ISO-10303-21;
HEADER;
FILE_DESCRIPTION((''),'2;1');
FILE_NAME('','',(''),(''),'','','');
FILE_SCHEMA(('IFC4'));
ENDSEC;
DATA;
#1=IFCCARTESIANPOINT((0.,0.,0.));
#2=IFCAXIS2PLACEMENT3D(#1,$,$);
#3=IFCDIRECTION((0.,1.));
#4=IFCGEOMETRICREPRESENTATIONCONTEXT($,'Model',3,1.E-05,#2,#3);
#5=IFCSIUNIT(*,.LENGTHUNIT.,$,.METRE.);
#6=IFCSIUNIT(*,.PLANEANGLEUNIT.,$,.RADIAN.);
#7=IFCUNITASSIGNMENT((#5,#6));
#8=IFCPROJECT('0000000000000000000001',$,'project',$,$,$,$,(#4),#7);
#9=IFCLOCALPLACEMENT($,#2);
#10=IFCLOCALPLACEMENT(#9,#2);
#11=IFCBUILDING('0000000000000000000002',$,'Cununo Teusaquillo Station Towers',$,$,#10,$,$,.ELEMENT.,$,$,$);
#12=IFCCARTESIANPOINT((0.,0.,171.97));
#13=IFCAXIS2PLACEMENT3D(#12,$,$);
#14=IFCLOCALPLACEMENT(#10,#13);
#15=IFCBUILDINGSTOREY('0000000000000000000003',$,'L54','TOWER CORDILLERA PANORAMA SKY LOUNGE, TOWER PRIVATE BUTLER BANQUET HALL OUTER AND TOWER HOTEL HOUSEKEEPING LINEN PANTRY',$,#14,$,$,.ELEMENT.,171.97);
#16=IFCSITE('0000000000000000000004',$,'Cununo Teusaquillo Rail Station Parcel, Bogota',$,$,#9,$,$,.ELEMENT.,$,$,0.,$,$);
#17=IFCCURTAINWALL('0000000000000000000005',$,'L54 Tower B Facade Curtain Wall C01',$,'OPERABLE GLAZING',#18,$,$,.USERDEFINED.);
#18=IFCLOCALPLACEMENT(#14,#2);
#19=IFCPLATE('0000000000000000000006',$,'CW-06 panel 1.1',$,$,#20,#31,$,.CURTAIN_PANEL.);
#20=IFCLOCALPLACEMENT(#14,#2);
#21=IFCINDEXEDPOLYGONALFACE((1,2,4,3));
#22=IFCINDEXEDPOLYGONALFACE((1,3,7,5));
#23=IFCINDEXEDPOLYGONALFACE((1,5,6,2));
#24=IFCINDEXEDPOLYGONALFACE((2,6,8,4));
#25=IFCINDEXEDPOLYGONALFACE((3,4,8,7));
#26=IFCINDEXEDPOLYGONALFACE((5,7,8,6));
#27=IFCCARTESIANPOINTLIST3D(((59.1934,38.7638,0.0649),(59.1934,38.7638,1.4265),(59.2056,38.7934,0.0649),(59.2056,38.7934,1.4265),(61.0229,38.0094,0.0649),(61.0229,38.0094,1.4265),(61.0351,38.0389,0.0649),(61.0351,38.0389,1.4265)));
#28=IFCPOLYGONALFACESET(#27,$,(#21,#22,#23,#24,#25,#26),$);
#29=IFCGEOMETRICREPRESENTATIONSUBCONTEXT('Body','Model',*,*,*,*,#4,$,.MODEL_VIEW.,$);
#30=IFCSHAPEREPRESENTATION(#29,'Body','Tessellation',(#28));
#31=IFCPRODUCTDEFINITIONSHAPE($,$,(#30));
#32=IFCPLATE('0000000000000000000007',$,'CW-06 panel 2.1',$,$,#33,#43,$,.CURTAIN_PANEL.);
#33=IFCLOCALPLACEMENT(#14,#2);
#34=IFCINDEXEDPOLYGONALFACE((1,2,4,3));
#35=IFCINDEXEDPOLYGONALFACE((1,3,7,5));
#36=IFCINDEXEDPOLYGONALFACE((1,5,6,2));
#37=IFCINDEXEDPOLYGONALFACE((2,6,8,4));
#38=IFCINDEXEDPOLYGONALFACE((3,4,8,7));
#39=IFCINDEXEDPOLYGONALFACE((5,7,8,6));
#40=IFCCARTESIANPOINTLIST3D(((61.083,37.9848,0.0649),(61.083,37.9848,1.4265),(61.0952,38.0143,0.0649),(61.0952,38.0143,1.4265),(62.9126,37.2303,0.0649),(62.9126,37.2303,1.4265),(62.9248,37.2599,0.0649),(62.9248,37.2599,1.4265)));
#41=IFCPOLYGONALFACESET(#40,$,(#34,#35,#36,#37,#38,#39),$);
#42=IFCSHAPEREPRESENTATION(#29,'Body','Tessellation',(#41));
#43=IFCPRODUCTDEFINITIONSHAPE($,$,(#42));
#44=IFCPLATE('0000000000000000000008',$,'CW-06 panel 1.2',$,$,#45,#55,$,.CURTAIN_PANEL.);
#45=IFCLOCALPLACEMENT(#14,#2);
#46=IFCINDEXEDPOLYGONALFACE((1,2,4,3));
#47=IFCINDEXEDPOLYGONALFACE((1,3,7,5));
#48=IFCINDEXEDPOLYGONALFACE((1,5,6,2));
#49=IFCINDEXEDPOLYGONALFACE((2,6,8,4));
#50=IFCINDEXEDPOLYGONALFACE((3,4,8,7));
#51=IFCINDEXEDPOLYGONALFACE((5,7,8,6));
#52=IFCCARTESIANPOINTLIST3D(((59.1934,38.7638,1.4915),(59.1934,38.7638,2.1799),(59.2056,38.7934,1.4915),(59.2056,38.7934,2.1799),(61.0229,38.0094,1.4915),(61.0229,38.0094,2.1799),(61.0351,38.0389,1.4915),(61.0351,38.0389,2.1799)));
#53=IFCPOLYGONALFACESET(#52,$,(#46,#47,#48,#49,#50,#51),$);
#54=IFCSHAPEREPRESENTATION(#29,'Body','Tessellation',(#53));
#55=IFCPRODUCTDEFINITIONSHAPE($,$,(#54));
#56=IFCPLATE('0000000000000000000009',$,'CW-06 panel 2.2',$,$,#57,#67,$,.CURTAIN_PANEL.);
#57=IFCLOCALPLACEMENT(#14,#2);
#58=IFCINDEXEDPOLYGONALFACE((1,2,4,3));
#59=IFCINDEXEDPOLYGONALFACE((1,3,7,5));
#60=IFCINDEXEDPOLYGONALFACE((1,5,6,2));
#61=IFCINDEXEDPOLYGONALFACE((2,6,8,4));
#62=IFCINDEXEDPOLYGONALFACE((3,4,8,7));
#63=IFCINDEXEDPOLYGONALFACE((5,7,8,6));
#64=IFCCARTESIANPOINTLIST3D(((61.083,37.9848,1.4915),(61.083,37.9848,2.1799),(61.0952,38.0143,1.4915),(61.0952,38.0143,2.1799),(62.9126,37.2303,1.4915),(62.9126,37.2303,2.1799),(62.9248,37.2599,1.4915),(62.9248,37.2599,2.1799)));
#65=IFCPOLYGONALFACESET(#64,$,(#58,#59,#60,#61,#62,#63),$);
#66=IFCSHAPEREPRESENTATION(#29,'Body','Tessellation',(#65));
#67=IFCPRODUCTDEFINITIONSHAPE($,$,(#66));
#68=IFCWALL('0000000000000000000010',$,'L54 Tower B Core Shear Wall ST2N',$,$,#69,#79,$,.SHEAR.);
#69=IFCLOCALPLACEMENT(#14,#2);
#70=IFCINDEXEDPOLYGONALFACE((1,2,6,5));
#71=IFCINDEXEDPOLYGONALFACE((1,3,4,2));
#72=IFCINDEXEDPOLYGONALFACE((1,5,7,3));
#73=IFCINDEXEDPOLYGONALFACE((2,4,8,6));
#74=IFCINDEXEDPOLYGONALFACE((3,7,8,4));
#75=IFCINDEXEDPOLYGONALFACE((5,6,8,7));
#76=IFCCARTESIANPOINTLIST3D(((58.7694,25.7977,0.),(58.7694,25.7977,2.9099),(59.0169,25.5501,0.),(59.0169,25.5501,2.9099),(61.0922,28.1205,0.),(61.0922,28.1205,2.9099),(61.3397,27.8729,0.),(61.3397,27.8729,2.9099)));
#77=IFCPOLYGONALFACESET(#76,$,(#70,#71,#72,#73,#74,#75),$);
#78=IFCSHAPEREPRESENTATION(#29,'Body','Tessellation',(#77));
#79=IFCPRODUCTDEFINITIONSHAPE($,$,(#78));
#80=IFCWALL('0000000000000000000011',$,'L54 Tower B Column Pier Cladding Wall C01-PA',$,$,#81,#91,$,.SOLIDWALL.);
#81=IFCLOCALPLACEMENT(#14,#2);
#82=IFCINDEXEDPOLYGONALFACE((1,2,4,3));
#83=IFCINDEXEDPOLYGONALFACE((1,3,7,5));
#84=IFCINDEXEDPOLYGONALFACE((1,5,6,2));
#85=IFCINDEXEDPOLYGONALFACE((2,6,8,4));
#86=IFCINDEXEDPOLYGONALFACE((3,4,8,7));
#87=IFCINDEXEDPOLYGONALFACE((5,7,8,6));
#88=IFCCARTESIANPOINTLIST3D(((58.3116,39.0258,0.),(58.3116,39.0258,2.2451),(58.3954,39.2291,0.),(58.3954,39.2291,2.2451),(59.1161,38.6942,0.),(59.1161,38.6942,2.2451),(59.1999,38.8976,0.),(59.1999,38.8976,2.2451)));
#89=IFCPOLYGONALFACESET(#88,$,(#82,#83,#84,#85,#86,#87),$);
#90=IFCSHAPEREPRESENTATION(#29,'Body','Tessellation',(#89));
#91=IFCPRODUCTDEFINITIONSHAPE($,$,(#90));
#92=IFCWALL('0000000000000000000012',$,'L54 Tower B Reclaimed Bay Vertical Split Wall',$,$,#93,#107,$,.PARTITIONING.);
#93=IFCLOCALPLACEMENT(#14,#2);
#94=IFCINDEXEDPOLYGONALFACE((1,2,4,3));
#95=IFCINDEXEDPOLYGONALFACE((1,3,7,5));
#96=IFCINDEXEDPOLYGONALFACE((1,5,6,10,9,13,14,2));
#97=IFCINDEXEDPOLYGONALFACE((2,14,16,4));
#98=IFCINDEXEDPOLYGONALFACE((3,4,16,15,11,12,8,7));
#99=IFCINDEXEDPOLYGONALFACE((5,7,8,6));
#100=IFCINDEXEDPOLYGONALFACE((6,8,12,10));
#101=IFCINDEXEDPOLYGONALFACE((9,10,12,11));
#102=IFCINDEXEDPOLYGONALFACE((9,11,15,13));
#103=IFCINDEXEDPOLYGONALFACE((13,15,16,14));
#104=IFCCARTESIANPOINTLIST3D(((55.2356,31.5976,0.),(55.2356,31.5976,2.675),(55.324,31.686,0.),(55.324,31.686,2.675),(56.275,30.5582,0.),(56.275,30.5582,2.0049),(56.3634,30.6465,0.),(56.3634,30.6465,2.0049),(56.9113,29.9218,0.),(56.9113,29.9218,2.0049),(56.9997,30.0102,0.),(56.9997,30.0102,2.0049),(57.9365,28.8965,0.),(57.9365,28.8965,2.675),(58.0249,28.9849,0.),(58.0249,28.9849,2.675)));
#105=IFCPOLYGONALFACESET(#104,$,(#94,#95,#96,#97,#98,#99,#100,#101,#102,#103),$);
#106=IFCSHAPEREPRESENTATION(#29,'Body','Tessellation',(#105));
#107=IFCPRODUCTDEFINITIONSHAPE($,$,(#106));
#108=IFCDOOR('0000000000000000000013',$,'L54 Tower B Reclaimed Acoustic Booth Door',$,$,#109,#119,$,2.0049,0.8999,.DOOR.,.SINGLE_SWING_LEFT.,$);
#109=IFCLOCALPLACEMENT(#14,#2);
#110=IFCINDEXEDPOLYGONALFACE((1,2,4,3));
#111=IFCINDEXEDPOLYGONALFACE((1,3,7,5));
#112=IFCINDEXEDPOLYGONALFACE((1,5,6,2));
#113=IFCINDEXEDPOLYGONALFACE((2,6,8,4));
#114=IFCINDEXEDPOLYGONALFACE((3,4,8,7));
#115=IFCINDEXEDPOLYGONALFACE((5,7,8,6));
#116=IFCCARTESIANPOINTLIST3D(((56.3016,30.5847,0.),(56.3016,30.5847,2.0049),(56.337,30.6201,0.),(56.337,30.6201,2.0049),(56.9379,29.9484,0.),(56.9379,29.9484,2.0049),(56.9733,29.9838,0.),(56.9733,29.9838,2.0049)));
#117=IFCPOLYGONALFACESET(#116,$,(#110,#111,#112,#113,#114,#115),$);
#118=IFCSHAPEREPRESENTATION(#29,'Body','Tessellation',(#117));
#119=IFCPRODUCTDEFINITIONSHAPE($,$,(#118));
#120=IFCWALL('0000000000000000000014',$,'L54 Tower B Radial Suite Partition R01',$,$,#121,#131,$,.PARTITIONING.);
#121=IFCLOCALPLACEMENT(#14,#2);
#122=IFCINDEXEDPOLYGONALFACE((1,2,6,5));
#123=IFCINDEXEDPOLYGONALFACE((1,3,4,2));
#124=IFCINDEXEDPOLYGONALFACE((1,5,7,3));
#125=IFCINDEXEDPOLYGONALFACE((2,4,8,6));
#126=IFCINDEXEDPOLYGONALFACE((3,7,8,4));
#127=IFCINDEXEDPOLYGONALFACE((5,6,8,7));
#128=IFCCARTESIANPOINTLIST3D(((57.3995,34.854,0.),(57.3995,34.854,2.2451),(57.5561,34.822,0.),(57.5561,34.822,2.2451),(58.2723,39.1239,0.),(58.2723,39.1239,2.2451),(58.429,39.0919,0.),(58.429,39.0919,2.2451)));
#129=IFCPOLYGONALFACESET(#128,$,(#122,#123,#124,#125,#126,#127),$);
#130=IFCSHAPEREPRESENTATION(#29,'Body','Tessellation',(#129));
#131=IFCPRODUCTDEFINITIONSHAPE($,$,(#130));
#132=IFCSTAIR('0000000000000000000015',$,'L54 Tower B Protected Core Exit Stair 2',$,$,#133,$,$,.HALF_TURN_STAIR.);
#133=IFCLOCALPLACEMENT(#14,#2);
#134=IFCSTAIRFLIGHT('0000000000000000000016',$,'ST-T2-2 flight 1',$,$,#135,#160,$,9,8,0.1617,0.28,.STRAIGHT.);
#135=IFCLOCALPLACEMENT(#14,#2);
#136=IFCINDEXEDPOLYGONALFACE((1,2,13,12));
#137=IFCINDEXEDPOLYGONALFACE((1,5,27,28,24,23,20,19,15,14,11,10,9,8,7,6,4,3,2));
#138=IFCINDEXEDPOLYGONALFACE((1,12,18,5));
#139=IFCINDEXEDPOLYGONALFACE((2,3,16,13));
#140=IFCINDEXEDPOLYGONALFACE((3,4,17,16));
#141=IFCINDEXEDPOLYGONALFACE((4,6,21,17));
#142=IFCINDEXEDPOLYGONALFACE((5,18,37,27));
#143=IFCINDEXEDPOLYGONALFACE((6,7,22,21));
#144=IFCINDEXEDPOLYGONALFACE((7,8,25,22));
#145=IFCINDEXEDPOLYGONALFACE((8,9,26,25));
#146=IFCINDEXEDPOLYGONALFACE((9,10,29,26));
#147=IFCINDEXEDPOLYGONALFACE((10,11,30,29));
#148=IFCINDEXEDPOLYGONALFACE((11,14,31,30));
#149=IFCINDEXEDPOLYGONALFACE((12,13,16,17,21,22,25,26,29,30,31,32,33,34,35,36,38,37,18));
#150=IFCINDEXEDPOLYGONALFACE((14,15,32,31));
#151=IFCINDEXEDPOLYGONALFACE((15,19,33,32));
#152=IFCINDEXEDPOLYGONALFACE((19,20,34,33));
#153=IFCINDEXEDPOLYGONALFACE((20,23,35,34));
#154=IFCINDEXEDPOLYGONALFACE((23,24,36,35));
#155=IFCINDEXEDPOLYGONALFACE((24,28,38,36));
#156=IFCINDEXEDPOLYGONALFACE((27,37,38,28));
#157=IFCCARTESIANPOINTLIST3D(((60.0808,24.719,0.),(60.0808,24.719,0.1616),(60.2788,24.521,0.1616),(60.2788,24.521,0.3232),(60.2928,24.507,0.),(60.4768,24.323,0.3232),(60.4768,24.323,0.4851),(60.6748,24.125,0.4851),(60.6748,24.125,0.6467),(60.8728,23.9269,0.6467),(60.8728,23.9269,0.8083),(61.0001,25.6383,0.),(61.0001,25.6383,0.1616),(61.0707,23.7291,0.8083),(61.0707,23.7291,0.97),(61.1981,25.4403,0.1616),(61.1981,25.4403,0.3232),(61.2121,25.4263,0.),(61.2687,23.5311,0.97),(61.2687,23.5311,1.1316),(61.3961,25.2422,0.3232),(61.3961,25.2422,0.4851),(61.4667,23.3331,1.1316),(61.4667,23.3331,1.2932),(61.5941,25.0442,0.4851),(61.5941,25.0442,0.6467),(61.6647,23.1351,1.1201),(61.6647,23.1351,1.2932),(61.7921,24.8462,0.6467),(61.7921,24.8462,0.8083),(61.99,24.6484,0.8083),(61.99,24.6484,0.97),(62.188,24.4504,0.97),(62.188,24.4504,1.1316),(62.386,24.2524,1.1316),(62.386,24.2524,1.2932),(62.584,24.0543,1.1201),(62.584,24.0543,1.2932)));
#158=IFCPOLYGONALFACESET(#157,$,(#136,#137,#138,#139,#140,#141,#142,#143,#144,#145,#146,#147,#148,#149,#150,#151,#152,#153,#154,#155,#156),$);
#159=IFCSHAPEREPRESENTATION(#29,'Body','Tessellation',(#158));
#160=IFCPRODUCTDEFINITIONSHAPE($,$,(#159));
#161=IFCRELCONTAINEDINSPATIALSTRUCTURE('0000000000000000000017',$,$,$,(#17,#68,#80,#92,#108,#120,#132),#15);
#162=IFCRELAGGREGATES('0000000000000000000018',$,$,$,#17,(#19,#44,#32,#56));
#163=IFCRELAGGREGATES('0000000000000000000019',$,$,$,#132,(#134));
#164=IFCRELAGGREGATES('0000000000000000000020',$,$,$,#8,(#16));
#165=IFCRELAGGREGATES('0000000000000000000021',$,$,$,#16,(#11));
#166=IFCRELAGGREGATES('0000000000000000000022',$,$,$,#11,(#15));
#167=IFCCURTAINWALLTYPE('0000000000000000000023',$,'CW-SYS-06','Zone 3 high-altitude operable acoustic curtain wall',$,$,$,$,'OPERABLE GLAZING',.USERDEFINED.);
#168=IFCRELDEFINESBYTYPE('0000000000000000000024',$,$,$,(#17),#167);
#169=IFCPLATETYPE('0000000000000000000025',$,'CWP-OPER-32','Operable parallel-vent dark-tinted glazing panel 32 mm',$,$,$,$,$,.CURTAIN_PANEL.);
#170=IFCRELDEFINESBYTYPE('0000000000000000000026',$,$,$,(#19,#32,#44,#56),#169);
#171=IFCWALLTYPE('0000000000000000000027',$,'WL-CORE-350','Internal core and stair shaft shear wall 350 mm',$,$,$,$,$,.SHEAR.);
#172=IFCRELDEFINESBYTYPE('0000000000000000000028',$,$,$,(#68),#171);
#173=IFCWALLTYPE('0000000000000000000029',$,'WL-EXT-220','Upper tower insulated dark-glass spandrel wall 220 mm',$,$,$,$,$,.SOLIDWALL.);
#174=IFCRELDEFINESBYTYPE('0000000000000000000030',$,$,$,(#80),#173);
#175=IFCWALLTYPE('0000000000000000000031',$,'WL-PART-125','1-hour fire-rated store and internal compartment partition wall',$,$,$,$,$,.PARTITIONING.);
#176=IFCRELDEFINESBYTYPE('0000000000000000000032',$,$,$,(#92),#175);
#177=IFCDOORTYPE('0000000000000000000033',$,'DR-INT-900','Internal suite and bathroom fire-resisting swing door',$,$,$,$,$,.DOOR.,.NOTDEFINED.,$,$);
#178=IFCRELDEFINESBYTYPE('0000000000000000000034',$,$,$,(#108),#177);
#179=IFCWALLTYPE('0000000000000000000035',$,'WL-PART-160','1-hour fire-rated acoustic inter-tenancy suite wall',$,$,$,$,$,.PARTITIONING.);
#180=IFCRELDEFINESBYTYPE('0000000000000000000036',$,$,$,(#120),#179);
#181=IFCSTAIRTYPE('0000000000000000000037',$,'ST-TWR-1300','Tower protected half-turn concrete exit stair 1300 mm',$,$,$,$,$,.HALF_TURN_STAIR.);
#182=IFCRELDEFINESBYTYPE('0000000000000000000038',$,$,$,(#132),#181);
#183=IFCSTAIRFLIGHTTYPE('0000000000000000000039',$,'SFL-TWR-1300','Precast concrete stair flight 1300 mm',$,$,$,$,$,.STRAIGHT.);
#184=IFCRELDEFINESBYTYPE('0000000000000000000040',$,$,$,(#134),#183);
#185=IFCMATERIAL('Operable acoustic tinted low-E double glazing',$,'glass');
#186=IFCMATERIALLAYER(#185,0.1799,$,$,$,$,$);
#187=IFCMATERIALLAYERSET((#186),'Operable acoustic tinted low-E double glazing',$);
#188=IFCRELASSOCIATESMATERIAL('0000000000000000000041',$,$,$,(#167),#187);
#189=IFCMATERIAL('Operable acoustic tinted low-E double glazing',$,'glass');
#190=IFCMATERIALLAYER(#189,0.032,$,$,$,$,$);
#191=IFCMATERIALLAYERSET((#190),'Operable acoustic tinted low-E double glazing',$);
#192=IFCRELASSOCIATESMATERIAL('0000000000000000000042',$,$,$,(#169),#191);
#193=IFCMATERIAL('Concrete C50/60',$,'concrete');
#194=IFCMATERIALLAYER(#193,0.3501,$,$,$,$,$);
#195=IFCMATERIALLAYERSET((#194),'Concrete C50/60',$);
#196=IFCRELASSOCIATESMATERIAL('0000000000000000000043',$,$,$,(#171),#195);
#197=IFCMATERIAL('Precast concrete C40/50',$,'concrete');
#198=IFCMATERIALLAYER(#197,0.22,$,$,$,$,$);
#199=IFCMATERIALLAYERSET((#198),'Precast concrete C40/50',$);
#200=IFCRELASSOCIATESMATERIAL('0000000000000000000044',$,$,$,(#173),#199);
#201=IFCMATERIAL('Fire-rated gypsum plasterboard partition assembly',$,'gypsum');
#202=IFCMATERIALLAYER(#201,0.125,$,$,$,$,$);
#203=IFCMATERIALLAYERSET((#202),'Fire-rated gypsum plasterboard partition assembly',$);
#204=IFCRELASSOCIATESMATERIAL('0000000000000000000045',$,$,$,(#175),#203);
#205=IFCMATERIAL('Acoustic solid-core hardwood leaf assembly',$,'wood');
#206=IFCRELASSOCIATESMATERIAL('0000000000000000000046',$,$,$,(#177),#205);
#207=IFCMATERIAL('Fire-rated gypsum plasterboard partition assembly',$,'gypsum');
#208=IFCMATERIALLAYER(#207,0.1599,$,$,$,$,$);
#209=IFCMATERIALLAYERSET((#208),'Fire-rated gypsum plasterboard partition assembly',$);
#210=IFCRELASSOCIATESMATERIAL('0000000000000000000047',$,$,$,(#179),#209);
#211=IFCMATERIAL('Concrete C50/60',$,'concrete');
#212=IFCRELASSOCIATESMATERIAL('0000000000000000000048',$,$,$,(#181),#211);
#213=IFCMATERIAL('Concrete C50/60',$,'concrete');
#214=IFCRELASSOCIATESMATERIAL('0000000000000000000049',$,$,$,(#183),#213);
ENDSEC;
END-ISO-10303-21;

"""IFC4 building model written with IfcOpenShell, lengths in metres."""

from ifc_helpers import new_model, si_unit, direction, frame, frame_2d, origin, origin_2d, place, context, subcontext, project, spatial, polyline, rectangle, outline, extrude, source, transform, mapped, material, layer, layer_set, type_object, element, fill, aggregate, save


model = new_model("IFC4")

# Units and contexts
model_context = context("Model", 3, precision=1e-05, world=origin(), true_north=direction((0.0, 1.0)))
body_context = subcontext(model_context, "Body", "Model", "MODEL_VIEW")
ifc_project = project(units=[si_unit("LENGTHUNIT", "METRE"), si_unit("PLANEANGLEUNIT", "RADIAN")], contexts=[model_context])

# Site, building, storey
site_placement = place(None, origin())
site = spatial("IfcSite", under=ifc_project, at=site_placement, Name="Cununo Teusaquillo Rail Station Parcel, Bogota", CompositionType="ELEMENT", RefElevation=0.0)
building_placement = place(site_placement, origin())
building = spatial("IfcBuilding", under=site, at=building_placement, Name="Cununo Teusaquillo Station Towers", CompositionType="ELEMENT")
storey_placement = place(building_placement, frame((0.0, 0.0, 171.97)))
storey = spatial("IfcBuildingStorey", under=building, at=storey_placement, Name="L54", Description="TOWER CORDILLERA PANORAMA SKY LOUNGE, TOWER PRIVATE BUTLER BANQUET HALL OUTER AND TOWER HOTEL HOUSEKEEPING LINEN PANTRY", CompositionType="ELEMENT", Elevation=171.97)

# Curtain wall, plates
ifc_material_1 = material(Name="Operable acoustic tinted low-E double glazing", Category="glass")
ifc_layer_1 = layer(ifc_material_1, 0.1799)
ifc_layer_set_1 = layer_set([ifc_layer_1], Name="Operable acoustic tinted low-E double glazing")
curtain_wall_type = type_object("IfcCurtainWallType", Name="CW-SYS-06", Description="Zone 3 high-altitude operable acoustic curtain wall", ElementType="OPERABLE GLAZING", PredefinedType="USERDEFINED", material=ifc_layer_set_1)
curtain_wall_placement = place(storey_placement, origin())
curtain_wall = element("IfcCurtainWall", 1, at=curtain_wall_placement, inside=storey, type_object=curtain_wall_type, Name="L54 Tower B Facade Curtain Wall C01", ObjectType="OPERABLE GLAZING", PredefinedType="USERDEFINED")
ifc_material_2 = material(Name="Operable acoustic tinted low-E double glazing", Category="glass")
ifc_layer_2 = layer(ifc_material_2, 0.032)
ifc_layer_set_2 = layer_set([ifc_layer_2], Name="Operable acoustic tinted low-E double glazing")
plate_type = type_object("IfcPlateType", Name="CWP-OPER-32", Description="Operable parallel-vent dark-tinted glazing panel 32 mm", PredefinedType="CURTAIN_PANEL", material=ifc_layer_set_2)
shared_shape_1 = source(origin(), body_context, "Body", "SweptSolid", [
    extrude(rectangle(XDim=1.979, YDim=0.032, at=origin_2d()), origin(), (0.0, 0.0, 1.0), 1.3616),
])
plate_1_placement = place(storey_placement, frame((60.1143, 38.4014, 0.0649), z_axis=(0.0, 0.0, 1.0), x_axis=(0.924481, -0.381229, 0.0)))
plate_1 = element("IfcPlate", 2, at=plate_1_placement, type_object=plate_type, Name="CW-06 panel 1.1", PredefinedType="CURTAIN_PANEL", context=body_context, shape_type="MappedRepresentation", body=[
    mapped(shared_shape_1, transform((0.0, 0.0, 0.0), x_axis=(1.0, 0.0, 0.0), y_axis=(0.0, 1.0, 0.0), z_axis=(0.0, 0.0, 1.0), scale=1.0)),
])
plate_2_placement = place(storey_placement, frame((62.0039, 37.6223, 0.0649), z_axis=(0.0, 0.0, 1.0), x_axis=(0.924481, -0.381229, 0.0)))
plate_2 = element("IfcPlate", 3, at=plate_2_placement, type_object=plate_type, Name="CW-06 panel 2.1", PredefinedType="CURTAIN_PANEL", context=body_context, shape_type="MappedRepresentation", body=[
    mapped(shared_shape_1, transform((0.0, 0.0, 0.0), x_axis=(1.0, 0.0, 0.0), y_axis=(0.0, 1.0, 0.0), z_axis=(0.0, 0.0, 1.0), scale=1.0)),
])
shared_shape_2 = source(origin(), body_context, "Body", "SweptSolid", [
    extrude(rectangle(XDim=1.979, YDim=0.032, at=origin_2d()), origin(), (0.0, 0.0, 1.0), 0.6885),
])
plate_3_placement = place(storey_placement, frame((60.1143, 38.4014, 1.4915), z_axis=(0.0, 0.0, 1.0), x_axis=(0.924481, -0.381229, 0.0)))
plate_3 = element("IfcPlate", 4, at=plate_3_placement, type_object=plate_type, Name="CW-06 panel 1.2", PredefinedType="CURTAIN_PANEL", context=body_context, shape_type="MappedRepresentation", body=[
    mapped(shared_shape_2, transform((0.0, 0.0, 0.0), x_axis=(1.0, 0.0, 0.0), y_axis=(0.0, 1.0, 0.0), z_axis=(0.0, 0.0, 1.0), scale=1.0)),
])
plate_4_placement = place(storey_placement, frame((62.0039, 37.6223, 1.4915), z_axis=(0.0, 0.0, 1.0), x_axis=(0.924481, -0.381229, 0.0)))
plate_4 = element("IfcPlate", 5, at=plate_4_placement, type_object=plate_type, Name="CW-06 panel 2.2", PredefinedType="CURTAIN_PANEL", context=body_context, shape_type="MappedRepresentation", body=[
    mapped(shared_shape_2, transform((0.0, 0.0, 0.0), x_axis=(1.0, 0.0, 0.0), y_axis=(0.0, 1.0, 0.0), z_axis=(0.0, 0.0, 1.0), scale=1.0)),
])
aggregate(curtain_wall, [plate_1, plate_3, plate_2, plate_4])

# Walls
ifc_material_3 = material(Name="Concrete C50/60", Category="concrete")
ifc_layer_3 = layer(ifc_material_3, 0.3501)
ifc_layer_set_3 = layer_set([ifc_layer_3], Name="Concrete C50/60")
wall_type_1 = type_object("IfcWallType", Name="WL-CORE-350", Description="Internal core and stair shaft shear wall 350 mm", PredefinedType="SHEAR", material=ifc_layer_set_3)
wall_1_placement = place(storey_placement, frame((58.8931, 25.6738, 0.0), z_axis=(0.0, 0.0, 1.0), x_axis=(0.707107, 0.707107, 0.0)))
element("IfcWall", 6, at=wall_1_placement, inside=storey, type_object=wall_type_1, Name="L54 Tower B Core Shear Wall ST2N", PredefinedType="SHEAR", context=body_context, shape_type="SweptSolid", body=[
    extrude(rectangle(XDim=3.2849, YDim=0.3501, at=frame_2d((1.6426, 0.0))), origin(), (0.0, 0.0, 1.0), 2.9099),
])
ifc_material_4 = material(Name="Precast concrete C40/50", Category="concrete")
ifc_layer_4 = layer(ifc_material_4, 0.22)
ifc_layer_set_4 = layer_set([ifc_layer_4], Name="Precast concrete C40/50")
wall_type_2 = type_object("IfcWallType", Name="WL-EXT-220", Description="Upper tower insulated dark-glass spandrel wall 220 mm", PredefinedType="SOLIDWALL", material=ifc_layer_set_4)
wall_2_placement = place(storey_placement, frame((58.3535, 39.1274, 0.0), z_axis=(0.0, 0.0, 1.0), x_axis=(0.924556, -0.381046, 0.0)))
element("IfcWall", 7, at=wall_2_placement, inside=storey, type_object=wall_type_2, Name="L54 Tower B Column Pier Cladding Wall C01-PA", PredefinedType="SOLIDWALL", context=body_context, shape_type="SweptSolid", body=[
    extrude(rectangle(XDim=0.8701, YDim=0.22, at=frame_2d((0.4351, 0.0))), origin(), (0.0, 0.0, 1.0), 2.2451),
])

# Wall, opening, door
ifc_material_5 = material(Name="Fire-rated gypsum plasterboard partition assembly", Category="gypsum")
ifc_layer_5 = layer(ifc_material_5, 0.125)
ifc_layer_set_5 = layer_set([ifc_layer_5], Name="Fire-rated gypsum plasterboard partition assembly")
wall_type_3 = type_object("IfcWallType", Name="WL-PART-125", Description="1-hour fire-rated store and internal compartment partition wall", PredefinedType="PARTITIONING", material=ifc_layer_set_5)
wall_3_placement = place(storey_placement, frame((57.9807, 28.9407, 0.0), z_axis=(0.0, 0.0, 1.0), x_axis=(-0.707075, 0.707139, 0.0)))
wall_3 = element("IfcWall", 8, at=wall_3_placement, inside=storey, type_object=wall_type_3, Name="L54 Tower B Reclaimed Bay Vertical Split Wall", PredefinedType="PARTITIONING", context=body_context, shape_type="SweptSolid", body=[
    extrude(rectangle(XDim=3.8198, YDim=0.125, at=frame_2d((1.9099, 0.0))), origin(), (0.0, 0.0, 1.0), 2.675),
])
shared_shape_3 = source(origin(), body_context, "Body", "SweptSolid", [
    extrude(rectangle(XDim=0.8999, YDim=2.0049, at=frame_2d((0.45, 1.0024))), frame((0.0, 0.0725, 0.0), z_axis=(0.0, -1.0, 0.0), x_axis=(1.0, 0.0, 0.0)), (0.0, 0.0, 1.0), 0.145),
])
opening_placement = place(wall_3_placement, frame((1.45, 0.0, 0.0)))
opening = element("IfcOpeningElement", 9, at=opening_placement, cuts=wall_3, PredefinedType="OPENING", context=body_context, shape_type="MappedRepresentation", body=[
    mapped(shared_shape_3, transform((0.0, 0.0, 0.0), x_axis=(1.0, 0.0, 0.0), y_axis=(0.0, 1.0, 0.0), z_axis=(0.0, 0.0, 1.0), scale=1.0)),
])
ifc_material_6 = material(Name="Acoustic solid-core hardwood leaf assembly", Category="wood")
door_type = type_object("IfcDoorType", Name="DR-INT-900", Description="Internal suite and bathroom fire-resisting swing door", OperationType="NOTDEFINED", PredefinedType="DOOR", material=ifc_material_6)
shared_shape_4 = source(origin(), body_context, "Body", "SweptSolid", [
    extrude(rectangle(XDim=0.8999, YDim=2.0049, at=frame_2d((0.45, 1.0024))), frame((0.0, 0.0249, 0.0), z_axis=(0.0, -1.0, 0.0), x_axis=(1.0, 0.0, 0.0)), (0.0, 0.0, 1.0), 0.05),
])
door_placement = place(opening_placement, origin())
door = element("IfcDoor", 10, at=door_placement, inside=storey, type_object=door_type, Name="L54 Tower B Reclaimed Acoustic Booth Door", OperationType="SINGLE_SWING_LEFT", OverallHeight=2.0049, OverallWidth=0.8999, PredefinedType="DOOR", context=body_context, shape_type="MappedRepresentation", body=[
    mapped(shared_shape_4, transform((0.0, 0.0, 0.0), x_axis=(1.0, 0.0, 0.0), y_axis=(0.0, 1.0, 0.0), z_axis=(0.0, 0.0, 1.0), scale=1.0)),
])
fill(opening, door)

# Wall
ifc_material_7 = material(Name="Fire-rated gypsum plasterboard partition assembly", Category="gypsum")
ifc_layer_6 = layer(ifc_material_7, 0.1599)
ifc_layer_set_6 = layer_set([ifc_layer_6], Name="Fire-rated gypsum plasterboard partition assembly")
wall_type_4 = type_object("IfcWallType", Name="WL-PART-160", Description="1-hour fire-rated acoustic inter-tenancy suite wall", PredefinedType="PARTITIONING", material=ifc_layer_set_6)
wall_4_placement = place(storey_placement, frame((57.4778, 34.8379, 0.0), z_axis=(0.0, 0.0, 1.0), x_axis=(0.200273, 0.97974, 0.0)))
element("IfcWall", 11, at=wall_4_placement, inside=storey, type_object=wall_type_4, Name="L54 Tower B Radial Suite Partition R01", PredefinedType="PARTITIONING", context=body_context, shape_type="SweptSolid", body=[
    extrude(rectangle(XDim=4.3582, YDim=0.1599, at=frame_2d((2.1792, 0.0))), origin(), (0.0, 0.0, 1.0), 2.2451),
])

# Stair, stair flight
ifc_material_8 = material(Name="Concrete C50/60", Category="concrete")
stair_type = type_object("IfcStairType", Name="ST-TWR-1300", Description="Tower protected half-turn concrete exit stair 1300 mm", PredefinedType="HALF_TURN_STAIR", material=ifc_material_8)
stair_placement = place(storey_placement, origin())
stair = element("IfcStair", 12, at=stair_placement, inside=storey, type_object=stair_type, Name="L54 Tower B Protected Core Exit Stair 2", PredefinedType="HALF_TURN_STAIR")
ifc_material_9 = material(Name="Concrete C50/60", Category="concrete")
stair_flight_type = type_object("IfcStairFlightType", Name="SFL-TWR-1300", Description="Precast concrete stair flight 1300 mm", PredefinedType="STRAIGHT", material=ifc_material_9)
stair_flight_placement = place(storey_placement, frame((60.5405, 25.1787, 0.0), z_axis=(0.0, 0.0, 1.0), x_axis=(0.707107, -0.707107, 0.0)))
stair_flight = element("IfcStairFlight", 13, at=stair_flight_placement, type_object=stair_flight_type, Name="ST-T2-2 flight 1", NumberOfRisers=9, NumberOfTreads=8, PredefinedType="STRAIGHT", RiserHeight=0.1617, TreadLength=0.28, context=body_context, shape_type="SweptSolid", body=[
    extrude(outline(polyline([(0.0, 0.0), (0.0, 0.1616), (0.28, 0.1616), (0.28, 0.3232), (0.5601, 0.3232), (0.5601, 0.4851), (0.8401, 0.4851), (0.8401, 0.6467), (1.1201, 0.6467), (1.1201, 0.8083), (1.3999, 0.8083), (1.3999, 0.97), (1.6799, 0.97), (1.6799, 1.1316), (1.96, 1.1316), (1.96, 1.2932), (2.24, 1.2932), (2.24, 1.4551), (2.24, 1.1201), (0.2998, 0.0), (0.0, 0.0)])), frame((0.0, 0.6499, 0.0), z_axis=(0.0, -1.0, 0.0), x_axis=(1.0, 0.0, 0.0)), (0.0, 0.0, 1.0), 1.3),
])
aggregate(stair, [stair_flight])

save(model, "model.ifc")
